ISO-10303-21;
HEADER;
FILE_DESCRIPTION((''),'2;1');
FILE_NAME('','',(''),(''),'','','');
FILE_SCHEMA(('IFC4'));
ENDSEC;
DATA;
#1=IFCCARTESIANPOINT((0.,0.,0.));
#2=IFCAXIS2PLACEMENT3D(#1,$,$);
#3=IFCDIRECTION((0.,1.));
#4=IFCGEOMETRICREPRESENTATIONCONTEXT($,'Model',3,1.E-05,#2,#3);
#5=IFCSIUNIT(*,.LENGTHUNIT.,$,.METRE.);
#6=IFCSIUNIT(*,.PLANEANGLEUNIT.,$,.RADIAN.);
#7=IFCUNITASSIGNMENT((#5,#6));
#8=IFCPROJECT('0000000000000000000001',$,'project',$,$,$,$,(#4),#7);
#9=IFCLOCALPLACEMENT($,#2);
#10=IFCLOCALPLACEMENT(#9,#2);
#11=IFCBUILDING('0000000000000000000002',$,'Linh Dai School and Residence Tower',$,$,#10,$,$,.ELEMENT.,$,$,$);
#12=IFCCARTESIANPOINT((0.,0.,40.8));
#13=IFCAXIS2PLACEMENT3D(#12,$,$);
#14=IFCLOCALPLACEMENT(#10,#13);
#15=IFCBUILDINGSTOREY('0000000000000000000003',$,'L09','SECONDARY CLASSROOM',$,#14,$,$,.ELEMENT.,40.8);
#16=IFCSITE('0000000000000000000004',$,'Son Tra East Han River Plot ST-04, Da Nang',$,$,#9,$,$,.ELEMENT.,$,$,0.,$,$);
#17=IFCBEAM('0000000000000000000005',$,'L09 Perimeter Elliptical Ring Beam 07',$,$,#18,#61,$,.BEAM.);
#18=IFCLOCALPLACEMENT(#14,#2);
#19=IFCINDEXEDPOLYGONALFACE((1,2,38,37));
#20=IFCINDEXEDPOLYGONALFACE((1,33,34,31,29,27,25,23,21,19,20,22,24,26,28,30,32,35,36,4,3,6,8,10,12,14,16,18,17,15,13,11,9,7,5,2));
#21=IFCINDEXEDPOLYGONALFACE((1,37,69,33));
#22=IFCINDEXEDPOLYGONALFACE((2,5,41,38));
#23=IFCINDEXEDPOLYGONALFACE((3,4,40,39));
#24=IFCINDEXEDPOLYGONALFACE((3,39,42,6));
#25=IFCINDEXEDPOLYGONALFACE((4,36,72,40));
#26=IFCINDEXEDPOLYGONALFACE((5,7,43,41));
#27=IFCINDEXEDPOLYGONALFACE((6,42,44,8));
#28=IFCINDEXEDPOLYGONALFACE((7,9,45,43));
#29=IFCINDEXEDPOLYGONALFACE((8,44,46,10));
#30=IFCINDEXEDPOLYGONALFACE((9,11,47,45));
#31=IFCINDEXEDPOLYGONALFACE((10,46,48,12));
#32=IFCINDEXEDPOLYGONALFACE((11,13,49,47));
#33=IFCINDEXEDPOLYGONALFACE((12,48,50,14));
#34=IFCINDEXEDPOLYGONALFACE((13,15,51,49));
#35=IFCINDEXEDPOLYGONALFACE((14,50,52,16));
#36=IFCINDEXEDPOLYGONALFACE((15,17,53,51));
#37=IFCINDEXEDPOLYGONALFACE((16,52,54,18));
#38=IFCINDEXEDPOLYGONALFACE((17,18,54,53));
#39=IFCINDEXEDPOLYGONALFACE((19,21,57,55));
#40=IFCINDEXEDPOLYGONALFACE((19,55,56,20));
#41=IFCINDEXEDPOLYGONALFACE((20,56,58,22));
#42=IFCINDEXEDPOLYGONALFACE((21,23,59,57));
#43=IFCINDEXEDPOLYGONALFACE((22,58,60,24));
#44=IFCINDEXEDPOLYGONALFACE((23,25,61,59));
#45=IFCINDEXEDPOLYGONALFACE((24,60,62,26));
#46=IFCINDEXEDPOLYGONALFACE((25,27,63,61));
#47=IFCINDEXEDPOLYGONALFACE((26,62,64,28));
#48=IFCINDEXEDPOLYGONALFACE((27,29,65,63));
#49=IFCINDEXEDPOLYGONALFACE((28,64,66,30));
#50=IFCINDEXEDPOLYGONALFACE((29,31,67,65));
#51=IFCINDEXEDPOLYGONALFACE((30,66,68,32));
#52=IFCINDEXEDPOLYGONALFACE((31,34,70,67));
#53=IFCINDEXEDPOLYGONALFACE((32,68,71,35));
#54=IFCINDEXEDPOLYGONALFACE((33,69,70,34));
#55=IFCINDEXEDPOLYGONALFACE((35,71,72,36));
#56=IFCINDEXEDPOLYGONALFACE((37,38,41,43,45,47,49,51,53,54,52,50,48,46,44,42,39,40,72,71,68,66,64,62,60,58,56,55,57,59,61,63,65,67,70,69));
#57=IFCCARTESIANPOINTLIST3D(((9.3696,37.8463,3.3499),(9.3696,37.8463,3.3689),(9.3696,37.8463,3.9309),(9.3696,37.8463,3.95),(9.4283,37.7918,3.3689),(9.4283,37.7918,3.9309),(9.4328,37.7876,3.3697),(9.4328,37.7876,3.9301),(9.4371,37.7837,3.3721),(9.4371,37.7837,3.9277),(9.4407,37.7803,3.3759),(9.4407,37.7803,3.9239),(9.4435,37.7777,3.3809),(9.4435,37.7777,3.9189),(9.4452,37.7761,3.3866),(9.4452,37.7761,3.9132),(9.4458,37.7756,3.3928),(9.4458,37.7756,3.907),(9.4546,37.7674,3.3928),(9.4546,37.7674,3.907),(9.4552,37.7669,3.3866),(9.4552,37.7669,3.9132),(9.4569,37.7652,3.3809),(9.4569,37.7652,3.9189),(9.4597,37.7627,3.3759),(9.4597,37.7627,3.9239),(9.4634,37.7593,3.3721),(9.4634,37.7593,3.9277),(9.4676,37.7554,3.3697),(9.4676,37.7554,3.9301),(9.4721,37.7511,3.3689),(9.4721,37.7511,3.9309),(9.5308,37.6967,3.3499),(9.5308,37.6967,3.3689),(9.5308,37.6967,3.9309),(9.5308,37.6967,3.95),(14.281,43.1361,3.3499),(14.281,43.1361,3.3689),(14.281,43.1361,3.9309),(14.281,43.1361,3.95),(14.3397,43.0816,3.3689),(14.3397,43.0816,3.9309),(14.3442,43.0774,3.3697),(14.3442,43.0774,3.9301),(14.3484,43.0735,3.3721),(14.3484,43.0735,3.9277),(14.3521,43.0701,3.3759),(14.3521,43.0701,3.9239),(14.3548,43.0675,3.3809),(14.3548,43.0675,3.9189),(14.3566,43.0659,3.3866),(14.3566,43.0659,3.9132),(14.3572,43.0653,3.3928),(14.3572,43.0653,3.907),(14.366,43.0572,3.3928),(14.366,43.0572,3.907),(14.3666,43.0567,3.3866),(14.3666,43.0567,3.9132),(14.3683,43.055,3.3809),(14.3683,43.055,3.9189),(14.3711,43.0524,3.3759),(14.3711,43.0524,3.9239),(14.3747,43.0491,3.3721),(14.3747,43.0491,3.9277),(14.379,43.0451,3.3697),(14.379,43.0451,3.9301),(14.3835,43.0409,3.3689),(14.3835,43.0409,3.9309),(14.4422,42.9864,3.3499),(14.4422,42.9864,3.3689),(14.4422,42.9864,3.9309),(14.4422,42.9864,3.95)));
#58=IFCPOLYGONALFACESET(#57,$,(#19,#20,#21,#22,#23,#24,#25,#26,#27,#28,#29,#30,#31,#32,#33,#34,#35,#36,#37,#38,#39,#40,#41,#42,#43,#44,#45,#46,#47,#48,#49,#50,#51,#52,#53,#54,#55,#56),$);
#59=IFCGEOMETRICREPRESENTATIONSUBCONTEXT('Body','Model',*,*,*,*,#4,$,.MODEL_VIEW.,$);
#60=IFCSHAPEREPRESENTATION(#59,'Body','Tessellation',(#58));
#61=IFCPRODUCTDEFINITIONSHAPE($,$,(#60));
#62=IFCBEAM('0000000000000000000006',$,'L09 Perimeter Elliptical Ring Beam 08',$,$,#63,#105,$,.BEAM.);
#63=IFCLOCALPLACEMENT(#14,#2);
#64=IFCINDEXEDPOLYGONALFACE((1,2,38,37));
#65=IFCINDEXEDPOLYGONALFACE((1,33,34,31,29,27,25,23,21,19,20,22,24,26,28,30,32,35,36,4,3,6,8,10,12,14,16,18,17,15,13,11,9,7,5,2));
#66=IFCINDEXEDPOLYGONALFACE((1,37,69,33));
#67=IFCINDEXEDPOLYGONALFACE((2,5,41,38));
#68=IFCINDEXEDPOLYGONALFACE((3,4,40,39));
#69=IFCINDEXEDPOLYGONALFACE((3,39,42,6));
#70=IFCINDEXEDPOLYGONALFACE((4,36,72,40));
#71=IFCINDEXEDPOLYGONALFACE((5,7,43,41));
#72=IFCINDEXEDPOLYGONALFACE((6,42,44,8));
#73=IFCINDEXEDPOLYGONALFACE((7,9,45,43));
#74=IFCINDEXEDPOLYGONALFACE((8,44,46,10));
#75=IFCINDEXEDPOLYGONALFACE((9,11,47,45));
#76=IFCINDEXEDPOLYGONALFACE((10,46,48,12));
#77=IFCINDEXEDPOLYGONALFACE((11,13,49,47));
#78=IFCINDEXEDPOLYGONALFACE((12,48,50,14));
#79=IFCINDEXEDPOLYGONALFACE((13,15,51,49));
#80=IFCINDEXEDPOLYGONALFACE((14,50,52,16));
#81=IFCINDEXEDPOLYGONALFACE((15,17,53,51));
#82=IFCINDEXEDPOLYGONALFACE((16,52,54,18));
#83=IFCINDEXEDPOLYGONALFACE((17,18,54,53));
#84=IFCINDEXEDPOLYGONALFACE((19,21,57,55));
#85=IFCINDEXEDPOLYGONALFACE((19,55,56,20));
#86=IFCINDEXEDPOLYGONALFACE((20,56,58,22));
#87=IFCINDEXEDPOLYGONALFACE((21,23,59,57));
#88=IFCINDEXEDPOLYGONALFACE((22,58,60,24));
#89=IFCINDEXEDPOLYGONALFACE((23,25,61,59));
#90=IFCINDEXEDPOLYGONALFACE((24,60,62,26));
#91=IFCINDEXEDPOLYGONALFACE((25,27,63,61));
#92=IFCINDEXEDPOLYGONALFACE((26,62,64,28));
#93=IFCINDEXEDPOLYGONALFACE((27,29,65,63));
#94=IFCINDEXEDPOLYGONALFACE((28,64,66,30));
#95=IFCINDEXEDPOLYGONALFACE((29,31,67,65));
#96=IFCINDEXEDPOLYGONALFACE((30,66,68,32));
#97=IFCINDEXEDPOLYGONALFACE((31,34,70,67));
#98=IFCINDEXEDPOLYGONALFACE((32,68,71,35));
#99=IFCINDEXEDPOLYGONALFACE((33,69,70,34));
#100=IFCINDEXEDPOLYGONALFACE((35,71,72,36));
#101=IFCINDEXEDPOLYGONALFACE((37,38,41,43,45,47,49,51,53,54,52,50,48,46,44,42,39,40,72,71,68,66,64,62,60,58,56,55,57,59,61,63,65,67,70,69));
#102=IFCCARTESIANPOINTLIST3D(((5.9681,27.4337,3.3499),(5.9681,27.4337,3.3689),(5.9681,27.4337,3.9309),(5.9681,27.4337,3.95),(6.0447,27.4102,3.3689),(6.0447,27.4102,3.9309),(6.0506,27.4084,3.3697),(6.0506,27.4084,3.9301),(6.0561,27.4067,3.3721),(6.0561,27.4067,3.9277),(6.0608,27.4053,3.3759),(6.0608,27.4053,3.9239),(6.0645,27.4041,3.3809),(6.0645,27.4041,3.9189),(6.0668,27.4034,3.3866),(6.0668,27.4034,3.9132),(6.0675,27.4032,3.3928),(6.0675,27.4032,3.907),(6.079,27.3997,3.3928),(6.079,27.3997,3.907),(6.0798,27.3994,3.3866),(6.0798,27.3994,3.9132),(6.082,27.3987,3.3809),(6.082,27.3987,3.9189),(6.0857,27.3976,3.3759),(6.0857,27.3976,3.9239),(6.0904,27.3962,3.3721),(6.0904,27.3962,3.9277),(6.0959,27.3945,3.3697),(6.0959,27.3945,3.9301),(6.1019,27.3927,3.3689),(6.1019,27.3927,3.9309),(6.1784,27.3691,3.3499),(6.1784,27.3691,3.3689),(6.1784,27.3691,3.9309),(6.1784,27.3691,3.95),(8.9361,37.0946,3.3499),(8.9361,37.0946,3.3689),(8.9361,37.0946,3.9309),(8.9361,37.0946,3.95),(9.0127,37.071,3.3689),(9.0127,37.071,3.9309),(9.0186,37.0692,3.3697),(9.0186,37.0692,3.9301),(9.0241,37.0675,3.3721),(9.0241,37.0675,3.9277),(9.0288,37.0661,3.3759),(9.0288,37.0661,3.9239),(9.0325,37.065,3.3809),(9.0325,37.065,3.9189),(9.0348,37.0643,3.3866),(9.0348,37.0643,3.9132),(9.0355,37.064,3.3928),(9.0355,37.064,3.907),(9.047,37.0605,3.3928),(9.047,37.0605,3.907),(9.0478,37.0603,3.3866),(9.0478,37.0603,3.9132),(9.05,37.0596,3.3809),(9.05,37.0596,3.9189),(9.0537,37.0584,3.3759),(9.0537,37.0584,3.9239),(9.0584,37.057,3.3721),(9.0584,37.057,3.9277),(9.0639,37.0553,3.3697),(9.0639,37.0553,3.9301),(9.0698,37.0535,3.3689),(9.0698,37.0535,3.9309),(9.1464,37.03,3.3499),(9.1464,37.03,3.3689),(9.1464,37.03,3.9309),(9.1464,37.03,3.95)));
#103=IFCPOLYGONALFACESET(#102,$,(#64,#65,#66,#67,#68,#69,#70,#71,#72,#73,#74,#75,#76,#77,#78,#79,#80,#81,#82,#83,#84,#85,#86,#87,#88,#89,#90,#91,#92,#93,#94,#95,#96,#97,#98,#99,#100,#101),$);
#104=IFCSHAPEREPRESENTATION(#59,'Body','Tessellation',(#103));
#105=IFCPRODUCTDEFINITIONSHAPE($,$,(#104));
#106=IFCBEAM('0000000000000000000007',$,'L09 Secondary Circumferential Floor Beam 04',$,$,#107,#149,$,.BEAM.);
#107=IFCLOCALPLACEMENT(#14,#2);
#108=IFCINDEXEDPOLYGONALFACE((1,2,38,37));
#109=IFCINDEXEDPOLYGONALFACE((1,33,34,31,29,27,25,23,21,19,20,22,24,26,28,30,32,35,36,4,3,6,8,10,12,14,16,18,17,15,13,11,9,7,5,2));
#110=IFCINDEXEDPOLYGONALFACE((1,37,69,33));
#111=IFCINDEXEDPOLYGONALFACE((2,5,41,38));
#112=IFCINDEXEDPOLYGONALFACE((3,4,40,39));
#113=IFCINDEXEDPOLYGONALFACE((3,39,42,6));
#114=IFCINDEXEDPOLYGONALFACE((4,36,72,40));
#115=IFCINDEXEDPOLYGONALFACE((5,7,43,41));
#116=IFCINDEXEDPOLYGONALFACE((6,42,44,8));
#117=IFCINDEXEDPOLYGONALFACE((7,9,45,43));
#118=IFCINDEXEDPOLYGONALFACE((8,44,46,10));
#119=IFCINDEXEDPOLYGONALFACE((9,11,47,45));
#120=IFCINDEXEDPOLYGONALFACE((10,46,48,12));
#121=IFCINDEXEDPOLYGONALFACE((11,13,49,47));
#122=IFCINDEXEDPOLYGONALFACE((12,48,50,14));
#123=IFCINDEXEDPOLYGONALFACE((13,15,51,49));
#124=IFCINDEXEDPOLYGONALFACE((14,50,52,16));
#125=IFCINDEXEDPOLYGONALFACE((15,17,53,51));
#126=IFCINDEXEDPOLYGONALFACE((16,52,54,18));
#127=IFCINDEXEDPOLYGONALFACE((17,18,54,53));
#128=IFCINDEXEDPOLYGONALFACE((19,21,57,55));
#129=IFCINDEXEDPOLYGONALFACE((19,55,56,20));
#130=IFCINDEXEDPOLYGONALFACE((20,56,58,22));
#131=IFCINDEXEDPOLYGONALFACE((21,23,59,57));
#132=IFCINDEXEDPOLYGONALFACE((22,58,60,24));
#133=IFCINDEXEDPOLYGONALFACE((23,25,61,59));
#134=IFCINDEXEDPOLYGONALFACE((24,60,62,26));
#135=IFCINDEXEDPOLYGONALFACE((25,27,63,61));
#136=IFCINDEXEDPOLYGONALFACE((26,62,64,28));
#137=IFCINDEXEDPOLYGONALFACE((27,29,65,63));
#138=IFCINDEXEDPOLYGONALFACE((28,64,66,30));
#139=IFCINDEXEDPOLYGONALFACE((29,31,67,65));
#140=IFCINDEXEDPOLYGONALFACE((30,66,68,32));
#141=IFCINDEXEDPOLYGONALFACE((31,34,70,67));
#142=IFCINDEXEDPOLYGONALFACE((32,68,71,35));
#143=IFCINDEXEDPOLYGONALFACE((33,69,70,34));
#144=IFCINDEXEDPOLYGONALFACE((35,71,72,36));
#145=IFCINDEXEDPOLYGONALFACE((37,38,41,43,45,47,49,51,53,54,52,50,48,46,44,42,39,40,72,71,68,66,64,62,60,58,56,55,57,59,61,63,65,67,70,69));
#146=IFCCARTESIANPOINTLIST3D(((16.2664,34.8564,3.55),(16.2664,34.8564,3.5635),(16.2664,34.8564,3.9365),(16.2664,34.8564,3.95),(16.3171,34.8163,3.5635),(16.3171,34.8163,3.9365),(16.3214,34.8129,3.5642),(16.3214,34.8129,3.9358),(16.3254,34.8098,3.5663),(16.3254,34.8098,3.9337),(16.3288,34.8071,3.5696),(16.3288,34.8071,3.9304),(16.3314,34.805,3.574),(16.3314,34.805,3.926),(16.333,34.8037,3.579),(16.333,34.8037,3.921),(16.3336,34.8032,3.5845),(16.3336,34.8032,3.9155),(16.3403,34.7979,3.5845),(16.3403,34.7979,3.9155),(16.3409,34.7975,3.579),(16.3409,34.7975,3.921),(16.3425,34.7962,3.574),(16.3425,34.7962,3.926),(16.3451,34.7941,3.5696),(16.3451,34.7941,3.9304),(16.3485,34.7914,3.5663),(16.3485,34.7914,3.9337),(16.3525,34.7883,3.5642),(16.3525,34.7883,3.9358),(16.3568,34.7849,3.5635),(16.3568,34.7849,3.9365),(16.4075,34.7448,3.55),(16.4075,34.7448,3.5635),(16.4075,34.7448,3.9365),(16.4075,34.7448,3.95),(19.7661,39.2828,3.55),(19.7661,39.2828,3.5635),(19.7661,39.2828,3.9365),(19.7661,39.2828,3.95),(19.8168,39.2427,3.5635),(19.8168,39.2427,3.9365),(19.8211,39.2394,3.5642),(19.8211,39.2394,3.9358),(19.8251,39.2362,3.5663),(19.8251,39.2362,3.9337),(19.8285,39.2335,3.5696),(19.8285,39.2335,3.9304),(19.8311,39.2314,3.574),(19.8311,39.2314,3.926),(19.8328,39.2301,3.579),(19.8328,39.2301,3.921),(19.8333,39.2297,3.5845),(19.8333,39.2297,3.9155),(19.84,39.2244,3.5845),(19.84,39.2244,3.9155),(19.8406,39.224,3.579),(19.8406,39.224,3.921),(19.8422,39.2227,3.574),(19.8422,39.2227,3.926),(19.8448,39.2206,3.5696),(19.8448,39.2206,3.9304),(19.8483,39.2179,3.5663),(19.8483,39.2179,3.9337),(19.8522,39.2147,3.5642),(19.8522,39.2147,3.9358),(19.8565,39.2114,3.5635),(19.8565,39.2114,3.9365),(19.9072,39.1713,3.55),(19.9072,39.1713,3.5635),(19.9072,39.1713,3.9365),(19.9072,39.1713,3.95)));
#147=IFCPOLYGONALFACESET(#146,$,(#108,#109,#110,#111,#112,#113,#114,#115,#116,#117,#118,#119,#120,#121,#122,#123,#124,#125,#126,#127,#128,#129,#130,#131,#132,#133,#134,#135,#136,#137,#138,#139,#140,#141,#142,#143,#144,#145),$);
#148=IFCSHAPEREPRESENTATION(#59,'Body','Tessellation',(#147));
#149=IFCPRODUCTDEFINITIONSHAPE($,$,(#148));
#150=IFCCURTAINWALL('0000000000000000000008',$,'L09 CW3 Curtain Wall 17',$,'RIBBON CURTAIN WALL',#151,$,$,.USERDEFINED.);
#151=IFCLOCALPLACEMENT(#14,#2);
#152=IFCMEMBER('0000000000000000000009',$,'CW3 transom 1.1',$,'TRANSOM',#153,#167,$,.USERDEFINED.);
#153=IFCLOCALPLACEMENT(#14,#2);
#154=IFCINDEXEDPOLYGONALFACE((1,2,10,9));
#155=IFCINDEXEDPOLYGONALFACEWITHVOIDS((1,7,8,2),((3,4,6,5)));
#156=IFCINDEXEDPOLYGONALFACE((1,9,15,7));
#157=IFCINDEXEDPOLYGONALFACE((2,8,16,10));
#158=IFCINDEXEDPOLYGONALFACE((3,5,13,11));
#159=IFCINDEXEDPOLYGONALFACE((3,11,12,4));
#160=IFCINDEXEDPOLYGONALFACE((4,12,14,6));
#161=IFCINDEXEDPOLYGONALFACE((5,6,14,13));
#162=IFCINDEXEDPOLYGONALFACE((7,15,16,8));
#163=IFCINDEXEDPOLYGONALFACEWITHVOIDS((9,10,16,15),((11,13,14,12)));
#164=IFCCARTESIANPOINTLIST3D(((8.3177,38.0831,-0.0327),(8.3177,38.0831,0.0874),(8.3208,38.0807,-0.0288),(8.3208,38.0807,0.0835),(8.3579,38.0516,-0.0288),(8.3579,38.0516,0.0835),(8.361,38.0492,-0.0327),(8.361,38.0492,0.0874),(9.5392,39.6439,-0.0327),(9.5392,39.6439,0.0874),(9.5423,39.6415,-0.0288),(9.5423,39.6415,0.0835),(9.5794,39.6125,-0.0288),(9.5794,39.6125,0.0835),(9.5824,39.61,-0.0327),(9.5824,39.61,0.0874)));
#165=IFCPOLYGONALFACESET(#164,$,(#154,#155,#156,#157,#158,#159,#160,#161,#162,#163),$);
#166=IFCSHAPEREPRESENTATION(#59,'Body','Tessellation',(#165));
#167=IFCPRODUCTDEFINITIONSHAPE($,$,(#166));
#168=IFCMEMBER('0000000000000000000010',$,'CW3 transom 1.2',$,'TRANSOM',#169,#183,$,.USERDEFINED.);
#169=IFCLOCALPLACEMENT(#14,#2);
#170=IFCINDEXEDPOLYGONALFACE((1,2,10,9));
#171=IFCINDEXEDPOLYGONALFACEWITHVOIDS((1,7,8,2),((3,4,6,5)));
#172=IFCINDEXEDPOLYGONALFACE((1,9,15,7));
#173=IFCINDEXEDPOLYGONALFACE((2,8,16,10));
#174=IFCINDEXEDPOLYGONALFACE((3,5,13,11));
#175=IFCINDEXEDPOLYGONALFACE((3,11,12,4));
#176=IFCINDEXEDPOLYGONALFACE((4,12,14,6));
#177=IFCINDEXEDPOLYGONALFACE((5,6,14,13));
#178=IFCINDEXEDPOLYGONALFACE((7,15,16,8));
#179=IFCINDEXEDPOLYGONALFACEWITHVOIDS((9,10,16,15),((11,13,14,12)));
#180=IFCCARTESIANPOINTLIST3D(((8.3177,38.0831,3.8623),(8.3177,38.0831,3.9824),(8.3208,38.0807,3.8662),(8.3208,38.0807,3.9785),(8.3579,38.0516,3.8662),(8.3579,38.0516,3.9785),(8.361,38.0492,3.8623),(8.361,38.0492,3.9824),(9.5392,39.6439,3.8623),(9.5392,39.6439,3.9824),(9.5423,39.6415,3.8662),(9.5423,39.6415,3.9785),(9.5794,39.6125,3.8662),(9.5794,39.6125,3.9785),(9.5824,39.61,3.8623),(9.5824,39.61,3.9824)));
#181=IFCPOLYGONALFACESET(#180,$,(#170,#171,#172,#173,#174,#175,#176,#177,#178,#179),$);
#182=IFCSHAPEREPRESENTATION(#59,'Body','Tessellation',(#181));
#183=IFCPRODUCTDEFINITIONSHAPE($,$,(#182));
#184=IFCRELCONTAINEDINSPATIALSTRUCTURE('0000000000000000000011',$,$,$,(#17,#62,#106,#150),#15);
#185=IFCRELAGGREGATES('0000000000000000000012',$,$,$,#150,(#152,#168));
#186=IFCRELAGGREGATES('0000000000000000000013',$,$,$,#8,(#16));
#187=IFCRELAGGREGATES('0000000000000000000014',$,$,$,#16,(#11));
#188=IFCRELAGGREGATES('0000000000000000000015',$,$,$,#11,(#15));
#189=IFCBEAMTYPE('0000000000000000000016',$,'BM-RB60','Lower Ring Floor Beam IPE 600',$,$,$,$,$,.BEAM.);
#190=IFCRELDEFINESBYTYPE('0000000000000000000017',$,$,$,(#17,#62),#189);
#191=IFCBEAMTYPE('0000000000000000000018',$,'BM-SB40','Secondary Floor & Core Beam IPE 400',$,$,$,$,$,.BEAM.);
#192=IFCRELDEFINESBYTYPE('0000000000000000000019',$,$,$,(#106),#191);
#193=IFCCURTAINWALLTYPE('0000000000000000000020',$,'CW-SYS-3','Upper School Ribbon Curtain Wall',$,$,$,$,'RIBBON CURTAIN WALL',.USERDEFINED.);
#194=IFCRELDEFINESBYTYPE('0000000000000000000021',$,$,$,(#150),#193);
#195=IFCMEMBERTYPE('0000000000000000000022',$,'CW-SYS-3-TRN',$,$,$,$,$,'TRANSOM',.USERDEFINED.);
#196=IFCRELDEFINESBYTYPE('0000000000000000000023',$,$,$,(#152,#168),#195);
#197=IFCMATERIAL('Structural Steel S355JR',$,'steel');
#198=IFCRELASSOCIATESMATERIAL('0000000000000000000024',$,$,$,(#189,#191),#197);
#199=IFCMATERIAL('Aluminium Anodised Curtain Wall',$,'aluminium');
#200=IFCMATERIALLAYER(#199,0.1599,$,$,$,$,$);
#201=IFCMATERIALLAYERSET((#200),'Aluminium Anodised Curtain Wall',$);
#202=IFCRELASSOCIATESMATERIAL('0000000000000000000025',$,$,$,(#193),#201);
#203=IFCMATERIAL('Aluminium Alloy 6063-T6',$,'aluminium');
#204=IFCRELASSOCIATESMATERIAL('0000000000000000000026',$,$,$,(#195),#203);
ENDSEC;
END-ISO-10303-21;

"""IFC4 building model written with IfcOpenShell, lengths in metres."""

from ifc_helpers import new_model, si_unit, direction, frame, origin, origin_2d, place, context, subcontext, project, spatial, hollow_rectangle, i_section, extrude, source, transform, mapped, material, layer, layer_set, material_profile, profile_set, type_object, element, aggregate, save


model = new_model("IFC4")

# Units and contexts
model_context = context("Model", 3, precision=1e-05, world=origin(), true_north=direction((0.0, 1.0)))
body_context = subcontext(model_context, "Body", "Model", "MODEL_VIEW")
ifc_project = project(units=[si_unit("LENGTHUNIT", "METRE"), si_unit("PLANEANGLEUNIT", "RADIAN")], contexts=[model_context])

# Site, building, storey
site_placement = place(None, origin())
site = spatial("IfcSite", under=ifc_project, at=site_placement, Name="Son Tra East Han River Plot ST-04, Da Nang", CompositionType="ELEMENT", RefElevation=0.0)
building_placement = place(site_placement, origin())
building = spatial("IfcBuilding", under=site, at=building_placement, Name="Linh Dai School and Residence Tower", CompositionType="ELEMENT")
storey_placement = place(building_placement, frame((0.0, 0.0, 40.8)))
storey = spatial("IfcBuildingStorey", under=building, at=storey_placement, Name="L09", Description="SECONDARY CLASSROOM", CompositionType="ELEMENT", Elevation=40.8)

# Shared definitions
ifc_material_1 = material(Name="Structural Steel S355JR", Category="steel")

# Beams
ifc_material_profile_1 = material_profile(ifc_material_1, i_section(OverallWidth=0.22, OverallDepth=0.6001, WebThickness=0.012, FlangeThickness=0.019, FilletRadius=0.0239, at=origin_2d()), Name="IPE 600")
ifc_profile_set_1 = profile_set([ifc_material_profile_1], Name="Structural Steel S355JR")
beam_type_1 = type_object("IfcBeamType", Name="BM-RB60", Description="Lower Ring Floor Beam IPE 600", PredefinedType="BEAM", material=ifc_profile_set_1)
beam_1_placement = place(storey_placement, frame((14.3616, 43.0613, 3.6499), z_axis=(-0.680408, -0.732833, 0.0), x_axis=(0.732833, -0.680408, 0.0)))
element("IfcBeam", 1, at=beam_1_placement, inside=storey, type_object=beam_type_1, Name="L09 Perimeter Elliptical Ring Beam 07", PredefinedType="BEAM", context=body_context, shape_type="SweptSolid", body=[
    extrude(i_section(OverallWidth=0.22, OverallDepth=0.6001, WebThickness=0.012, FlangeThickness=0.019, FilletRadius=0.0239, at=origin_2d()), origin(), (0.0, 0.0, 1.0), 7.2183),
])
beam_2_placement = place(storey_placement, frame((9.0413, 37.0623, 3.6499), z_axis=(-0.293673, -0.955906, 0.0), x_axis=(0.955906, -0.293673, 0.0)))
element("IfcBeam", 2, at=beam_2_placement, inside=storey, type_object=beam_type_1, Name="L09 Perimeter Elliptical Ring Beam 08", PredefinedType="BEAM", context=body_context, shape_type="SweptSolid", body=[
    extrude(i_section(OverallWidth=0.22, OverallDepth=0.6001, WebThickness=0.012, FlangeThickness=0.019, FilletRadius=0.0239, at=origin_2d()), origin(), (0.0, 0.0, 1.0), 10.1064),
])
ifc_material_profile_2 = material_profile(ifc_material_1, i_section(OverallWidth=0.1799, OverallDepth=0.3999, WebThickness=0.0085, FlangeThickness=0.0134, FilletRadius=0.021, at=origin_2d()), Name="IPE 400")
ifc_profile_set_2 = profile_set([ifc_material_profile_2], Name="Structural Steel S355JR")
beam_type_2 = type_object("IfcBeamType", Name="BM-SB40", Description="Secondary Floor & Core Beam IPE 400", PredefinedType="BEAM", material=ifc_profile_set_2)
beam_3_placement = place(storey_placement, frame((19.8367, 39.2271, 3.75), z_axis=(-0.620205, -0.78444, 0.0), x_axis=(0.78444, -0.620205, 0.0)))
element("IfcBeam", 3, at=beam_3_placement, inside=storey, type_object=beam_type_2, Name="L09 Secondary Circumferential Floor Beam 04", PredefinedType="BEAM", context=body_context, shape_type="SweptSolid", body=[
    extrude(i_section(OverallWidth=0.1799, OverallDepth=0.3999, WebThickness=0.0085, FlangeThickness=0.0134, FilletRadius=0.021, at=origin_2d()), origin(), (0.0, 0.0, 1.0), 5.6428),
])

# Curtain wall, members
ifc_material_2 = material(Name="Aluminium Anodised Curtain Wall", Category="aluminium")
ifc_layer_1 = layer(ifc_material_2, 0.1599)
ifc_layer_set_1 = layer_set([ifc_layer_1], Name="Aluminium Anodised Curtain Wall")
curtain_wall_type = type_object("IfcCurtainWallType", Name="CW-SYS-3", Description="Upper School Ribbon Curtain Wall", ElementType="RIBBON CURTAIN WALL", PredefinedType="USERDEFINED", material=ifc_layer_set_1)
curtain_wall_placement = place(storey_placement, origin())
curtain_wall = element("IfcCurtainWall", 4, at=curtain_wall_placement, inside=storey, type_object=curtain_wall_type, Name="L09 CW3 Curtain Wall 17", ObjectType="RIBBON CURTAIN WALL", PredefinedType="USERDEFINED")
ifc_material_3 = material(Name="Aluminium Alloy 6063-T6", Category="aluminium")
ifc_material_profile_3 = material_profile(ifc_material_3, hollow_rectangle(XDim=0.0549, YDim=0.1201, WallThickness=0.0039, at=origin_2d()), Name="RHS 120x55x4")
ifc_profile_set_3 = profile_set([ifc_material_profile_3], Name="Aluminium Alloy 6063-T6")
member_type_1 = type_object("IfcMemberType", Name="CW-SYS-3-TRN", ElementType="TRANSOM", PredefinedType="USERDEFINED", material=ifc_profile_set_3)
shared_shape_1 = source(origin(), body_context, "Body", "SweptSolid", [
    extrude(hollow_rectangle(XDim=0.0549, YDim=0.1201, WallThickness=0.0039, at=origin_2d()), origin(), (0.0, 0.0, 1.0), 1.9819),
])
member_1_placement = place(storey_placement, frame((8.3394, 38.0662, 0.0273), z_axis=(0.616292, 0.787518, 0.0), x_axis=(-0.787518, 0.616292, 0.0)))
member_1 = element("IfcMember", 5, at=member_1_placement, type_object=member_type_1, Name="CW3 transom 1.1", ObjectType="TRANSOM", PredefinedType="USERDEFINED", context=body_context, shape_type="MappedRepresentation", body=[
    mapped(shared_shape_1, transform((0.0, 0.0, 0.0), x_axis=(1.0, 0.0, 0.0), y_axis=(0.0, 1.0, 0.0), z_axis=(0.0, 0.0, 1.0), scale=1.0)),
])
member_2_placement = place(storey_placement, frame((8.3394, 38.0662, 3.9224), z_axis=(0.616292, 0.787518, 0.0), x_axis=(-0.787518, 0.616292, 0.0)))
member_2 = element("IfcMember", 6, at=member_2_placement, type_object=member_type_1, Name="CW3 transom 1.2", ObjectType="TRANSOM", PredefinedType="USERDEFINED", context=body_context, shape_type="MappedRepresentation", body=[
    mapped(shared_shape_1, transform((0.0, 0.0, 0.0), x_axis=(1.0, 0.0, 0.0), y_axis=(0.0, 1.0, 0.0), z_axis=(0.0, 0.0, 1.0), scale=1.0)),
])

aggregate(curtain_wall, [member_1, member_2])

save(model, "model.ifc")
